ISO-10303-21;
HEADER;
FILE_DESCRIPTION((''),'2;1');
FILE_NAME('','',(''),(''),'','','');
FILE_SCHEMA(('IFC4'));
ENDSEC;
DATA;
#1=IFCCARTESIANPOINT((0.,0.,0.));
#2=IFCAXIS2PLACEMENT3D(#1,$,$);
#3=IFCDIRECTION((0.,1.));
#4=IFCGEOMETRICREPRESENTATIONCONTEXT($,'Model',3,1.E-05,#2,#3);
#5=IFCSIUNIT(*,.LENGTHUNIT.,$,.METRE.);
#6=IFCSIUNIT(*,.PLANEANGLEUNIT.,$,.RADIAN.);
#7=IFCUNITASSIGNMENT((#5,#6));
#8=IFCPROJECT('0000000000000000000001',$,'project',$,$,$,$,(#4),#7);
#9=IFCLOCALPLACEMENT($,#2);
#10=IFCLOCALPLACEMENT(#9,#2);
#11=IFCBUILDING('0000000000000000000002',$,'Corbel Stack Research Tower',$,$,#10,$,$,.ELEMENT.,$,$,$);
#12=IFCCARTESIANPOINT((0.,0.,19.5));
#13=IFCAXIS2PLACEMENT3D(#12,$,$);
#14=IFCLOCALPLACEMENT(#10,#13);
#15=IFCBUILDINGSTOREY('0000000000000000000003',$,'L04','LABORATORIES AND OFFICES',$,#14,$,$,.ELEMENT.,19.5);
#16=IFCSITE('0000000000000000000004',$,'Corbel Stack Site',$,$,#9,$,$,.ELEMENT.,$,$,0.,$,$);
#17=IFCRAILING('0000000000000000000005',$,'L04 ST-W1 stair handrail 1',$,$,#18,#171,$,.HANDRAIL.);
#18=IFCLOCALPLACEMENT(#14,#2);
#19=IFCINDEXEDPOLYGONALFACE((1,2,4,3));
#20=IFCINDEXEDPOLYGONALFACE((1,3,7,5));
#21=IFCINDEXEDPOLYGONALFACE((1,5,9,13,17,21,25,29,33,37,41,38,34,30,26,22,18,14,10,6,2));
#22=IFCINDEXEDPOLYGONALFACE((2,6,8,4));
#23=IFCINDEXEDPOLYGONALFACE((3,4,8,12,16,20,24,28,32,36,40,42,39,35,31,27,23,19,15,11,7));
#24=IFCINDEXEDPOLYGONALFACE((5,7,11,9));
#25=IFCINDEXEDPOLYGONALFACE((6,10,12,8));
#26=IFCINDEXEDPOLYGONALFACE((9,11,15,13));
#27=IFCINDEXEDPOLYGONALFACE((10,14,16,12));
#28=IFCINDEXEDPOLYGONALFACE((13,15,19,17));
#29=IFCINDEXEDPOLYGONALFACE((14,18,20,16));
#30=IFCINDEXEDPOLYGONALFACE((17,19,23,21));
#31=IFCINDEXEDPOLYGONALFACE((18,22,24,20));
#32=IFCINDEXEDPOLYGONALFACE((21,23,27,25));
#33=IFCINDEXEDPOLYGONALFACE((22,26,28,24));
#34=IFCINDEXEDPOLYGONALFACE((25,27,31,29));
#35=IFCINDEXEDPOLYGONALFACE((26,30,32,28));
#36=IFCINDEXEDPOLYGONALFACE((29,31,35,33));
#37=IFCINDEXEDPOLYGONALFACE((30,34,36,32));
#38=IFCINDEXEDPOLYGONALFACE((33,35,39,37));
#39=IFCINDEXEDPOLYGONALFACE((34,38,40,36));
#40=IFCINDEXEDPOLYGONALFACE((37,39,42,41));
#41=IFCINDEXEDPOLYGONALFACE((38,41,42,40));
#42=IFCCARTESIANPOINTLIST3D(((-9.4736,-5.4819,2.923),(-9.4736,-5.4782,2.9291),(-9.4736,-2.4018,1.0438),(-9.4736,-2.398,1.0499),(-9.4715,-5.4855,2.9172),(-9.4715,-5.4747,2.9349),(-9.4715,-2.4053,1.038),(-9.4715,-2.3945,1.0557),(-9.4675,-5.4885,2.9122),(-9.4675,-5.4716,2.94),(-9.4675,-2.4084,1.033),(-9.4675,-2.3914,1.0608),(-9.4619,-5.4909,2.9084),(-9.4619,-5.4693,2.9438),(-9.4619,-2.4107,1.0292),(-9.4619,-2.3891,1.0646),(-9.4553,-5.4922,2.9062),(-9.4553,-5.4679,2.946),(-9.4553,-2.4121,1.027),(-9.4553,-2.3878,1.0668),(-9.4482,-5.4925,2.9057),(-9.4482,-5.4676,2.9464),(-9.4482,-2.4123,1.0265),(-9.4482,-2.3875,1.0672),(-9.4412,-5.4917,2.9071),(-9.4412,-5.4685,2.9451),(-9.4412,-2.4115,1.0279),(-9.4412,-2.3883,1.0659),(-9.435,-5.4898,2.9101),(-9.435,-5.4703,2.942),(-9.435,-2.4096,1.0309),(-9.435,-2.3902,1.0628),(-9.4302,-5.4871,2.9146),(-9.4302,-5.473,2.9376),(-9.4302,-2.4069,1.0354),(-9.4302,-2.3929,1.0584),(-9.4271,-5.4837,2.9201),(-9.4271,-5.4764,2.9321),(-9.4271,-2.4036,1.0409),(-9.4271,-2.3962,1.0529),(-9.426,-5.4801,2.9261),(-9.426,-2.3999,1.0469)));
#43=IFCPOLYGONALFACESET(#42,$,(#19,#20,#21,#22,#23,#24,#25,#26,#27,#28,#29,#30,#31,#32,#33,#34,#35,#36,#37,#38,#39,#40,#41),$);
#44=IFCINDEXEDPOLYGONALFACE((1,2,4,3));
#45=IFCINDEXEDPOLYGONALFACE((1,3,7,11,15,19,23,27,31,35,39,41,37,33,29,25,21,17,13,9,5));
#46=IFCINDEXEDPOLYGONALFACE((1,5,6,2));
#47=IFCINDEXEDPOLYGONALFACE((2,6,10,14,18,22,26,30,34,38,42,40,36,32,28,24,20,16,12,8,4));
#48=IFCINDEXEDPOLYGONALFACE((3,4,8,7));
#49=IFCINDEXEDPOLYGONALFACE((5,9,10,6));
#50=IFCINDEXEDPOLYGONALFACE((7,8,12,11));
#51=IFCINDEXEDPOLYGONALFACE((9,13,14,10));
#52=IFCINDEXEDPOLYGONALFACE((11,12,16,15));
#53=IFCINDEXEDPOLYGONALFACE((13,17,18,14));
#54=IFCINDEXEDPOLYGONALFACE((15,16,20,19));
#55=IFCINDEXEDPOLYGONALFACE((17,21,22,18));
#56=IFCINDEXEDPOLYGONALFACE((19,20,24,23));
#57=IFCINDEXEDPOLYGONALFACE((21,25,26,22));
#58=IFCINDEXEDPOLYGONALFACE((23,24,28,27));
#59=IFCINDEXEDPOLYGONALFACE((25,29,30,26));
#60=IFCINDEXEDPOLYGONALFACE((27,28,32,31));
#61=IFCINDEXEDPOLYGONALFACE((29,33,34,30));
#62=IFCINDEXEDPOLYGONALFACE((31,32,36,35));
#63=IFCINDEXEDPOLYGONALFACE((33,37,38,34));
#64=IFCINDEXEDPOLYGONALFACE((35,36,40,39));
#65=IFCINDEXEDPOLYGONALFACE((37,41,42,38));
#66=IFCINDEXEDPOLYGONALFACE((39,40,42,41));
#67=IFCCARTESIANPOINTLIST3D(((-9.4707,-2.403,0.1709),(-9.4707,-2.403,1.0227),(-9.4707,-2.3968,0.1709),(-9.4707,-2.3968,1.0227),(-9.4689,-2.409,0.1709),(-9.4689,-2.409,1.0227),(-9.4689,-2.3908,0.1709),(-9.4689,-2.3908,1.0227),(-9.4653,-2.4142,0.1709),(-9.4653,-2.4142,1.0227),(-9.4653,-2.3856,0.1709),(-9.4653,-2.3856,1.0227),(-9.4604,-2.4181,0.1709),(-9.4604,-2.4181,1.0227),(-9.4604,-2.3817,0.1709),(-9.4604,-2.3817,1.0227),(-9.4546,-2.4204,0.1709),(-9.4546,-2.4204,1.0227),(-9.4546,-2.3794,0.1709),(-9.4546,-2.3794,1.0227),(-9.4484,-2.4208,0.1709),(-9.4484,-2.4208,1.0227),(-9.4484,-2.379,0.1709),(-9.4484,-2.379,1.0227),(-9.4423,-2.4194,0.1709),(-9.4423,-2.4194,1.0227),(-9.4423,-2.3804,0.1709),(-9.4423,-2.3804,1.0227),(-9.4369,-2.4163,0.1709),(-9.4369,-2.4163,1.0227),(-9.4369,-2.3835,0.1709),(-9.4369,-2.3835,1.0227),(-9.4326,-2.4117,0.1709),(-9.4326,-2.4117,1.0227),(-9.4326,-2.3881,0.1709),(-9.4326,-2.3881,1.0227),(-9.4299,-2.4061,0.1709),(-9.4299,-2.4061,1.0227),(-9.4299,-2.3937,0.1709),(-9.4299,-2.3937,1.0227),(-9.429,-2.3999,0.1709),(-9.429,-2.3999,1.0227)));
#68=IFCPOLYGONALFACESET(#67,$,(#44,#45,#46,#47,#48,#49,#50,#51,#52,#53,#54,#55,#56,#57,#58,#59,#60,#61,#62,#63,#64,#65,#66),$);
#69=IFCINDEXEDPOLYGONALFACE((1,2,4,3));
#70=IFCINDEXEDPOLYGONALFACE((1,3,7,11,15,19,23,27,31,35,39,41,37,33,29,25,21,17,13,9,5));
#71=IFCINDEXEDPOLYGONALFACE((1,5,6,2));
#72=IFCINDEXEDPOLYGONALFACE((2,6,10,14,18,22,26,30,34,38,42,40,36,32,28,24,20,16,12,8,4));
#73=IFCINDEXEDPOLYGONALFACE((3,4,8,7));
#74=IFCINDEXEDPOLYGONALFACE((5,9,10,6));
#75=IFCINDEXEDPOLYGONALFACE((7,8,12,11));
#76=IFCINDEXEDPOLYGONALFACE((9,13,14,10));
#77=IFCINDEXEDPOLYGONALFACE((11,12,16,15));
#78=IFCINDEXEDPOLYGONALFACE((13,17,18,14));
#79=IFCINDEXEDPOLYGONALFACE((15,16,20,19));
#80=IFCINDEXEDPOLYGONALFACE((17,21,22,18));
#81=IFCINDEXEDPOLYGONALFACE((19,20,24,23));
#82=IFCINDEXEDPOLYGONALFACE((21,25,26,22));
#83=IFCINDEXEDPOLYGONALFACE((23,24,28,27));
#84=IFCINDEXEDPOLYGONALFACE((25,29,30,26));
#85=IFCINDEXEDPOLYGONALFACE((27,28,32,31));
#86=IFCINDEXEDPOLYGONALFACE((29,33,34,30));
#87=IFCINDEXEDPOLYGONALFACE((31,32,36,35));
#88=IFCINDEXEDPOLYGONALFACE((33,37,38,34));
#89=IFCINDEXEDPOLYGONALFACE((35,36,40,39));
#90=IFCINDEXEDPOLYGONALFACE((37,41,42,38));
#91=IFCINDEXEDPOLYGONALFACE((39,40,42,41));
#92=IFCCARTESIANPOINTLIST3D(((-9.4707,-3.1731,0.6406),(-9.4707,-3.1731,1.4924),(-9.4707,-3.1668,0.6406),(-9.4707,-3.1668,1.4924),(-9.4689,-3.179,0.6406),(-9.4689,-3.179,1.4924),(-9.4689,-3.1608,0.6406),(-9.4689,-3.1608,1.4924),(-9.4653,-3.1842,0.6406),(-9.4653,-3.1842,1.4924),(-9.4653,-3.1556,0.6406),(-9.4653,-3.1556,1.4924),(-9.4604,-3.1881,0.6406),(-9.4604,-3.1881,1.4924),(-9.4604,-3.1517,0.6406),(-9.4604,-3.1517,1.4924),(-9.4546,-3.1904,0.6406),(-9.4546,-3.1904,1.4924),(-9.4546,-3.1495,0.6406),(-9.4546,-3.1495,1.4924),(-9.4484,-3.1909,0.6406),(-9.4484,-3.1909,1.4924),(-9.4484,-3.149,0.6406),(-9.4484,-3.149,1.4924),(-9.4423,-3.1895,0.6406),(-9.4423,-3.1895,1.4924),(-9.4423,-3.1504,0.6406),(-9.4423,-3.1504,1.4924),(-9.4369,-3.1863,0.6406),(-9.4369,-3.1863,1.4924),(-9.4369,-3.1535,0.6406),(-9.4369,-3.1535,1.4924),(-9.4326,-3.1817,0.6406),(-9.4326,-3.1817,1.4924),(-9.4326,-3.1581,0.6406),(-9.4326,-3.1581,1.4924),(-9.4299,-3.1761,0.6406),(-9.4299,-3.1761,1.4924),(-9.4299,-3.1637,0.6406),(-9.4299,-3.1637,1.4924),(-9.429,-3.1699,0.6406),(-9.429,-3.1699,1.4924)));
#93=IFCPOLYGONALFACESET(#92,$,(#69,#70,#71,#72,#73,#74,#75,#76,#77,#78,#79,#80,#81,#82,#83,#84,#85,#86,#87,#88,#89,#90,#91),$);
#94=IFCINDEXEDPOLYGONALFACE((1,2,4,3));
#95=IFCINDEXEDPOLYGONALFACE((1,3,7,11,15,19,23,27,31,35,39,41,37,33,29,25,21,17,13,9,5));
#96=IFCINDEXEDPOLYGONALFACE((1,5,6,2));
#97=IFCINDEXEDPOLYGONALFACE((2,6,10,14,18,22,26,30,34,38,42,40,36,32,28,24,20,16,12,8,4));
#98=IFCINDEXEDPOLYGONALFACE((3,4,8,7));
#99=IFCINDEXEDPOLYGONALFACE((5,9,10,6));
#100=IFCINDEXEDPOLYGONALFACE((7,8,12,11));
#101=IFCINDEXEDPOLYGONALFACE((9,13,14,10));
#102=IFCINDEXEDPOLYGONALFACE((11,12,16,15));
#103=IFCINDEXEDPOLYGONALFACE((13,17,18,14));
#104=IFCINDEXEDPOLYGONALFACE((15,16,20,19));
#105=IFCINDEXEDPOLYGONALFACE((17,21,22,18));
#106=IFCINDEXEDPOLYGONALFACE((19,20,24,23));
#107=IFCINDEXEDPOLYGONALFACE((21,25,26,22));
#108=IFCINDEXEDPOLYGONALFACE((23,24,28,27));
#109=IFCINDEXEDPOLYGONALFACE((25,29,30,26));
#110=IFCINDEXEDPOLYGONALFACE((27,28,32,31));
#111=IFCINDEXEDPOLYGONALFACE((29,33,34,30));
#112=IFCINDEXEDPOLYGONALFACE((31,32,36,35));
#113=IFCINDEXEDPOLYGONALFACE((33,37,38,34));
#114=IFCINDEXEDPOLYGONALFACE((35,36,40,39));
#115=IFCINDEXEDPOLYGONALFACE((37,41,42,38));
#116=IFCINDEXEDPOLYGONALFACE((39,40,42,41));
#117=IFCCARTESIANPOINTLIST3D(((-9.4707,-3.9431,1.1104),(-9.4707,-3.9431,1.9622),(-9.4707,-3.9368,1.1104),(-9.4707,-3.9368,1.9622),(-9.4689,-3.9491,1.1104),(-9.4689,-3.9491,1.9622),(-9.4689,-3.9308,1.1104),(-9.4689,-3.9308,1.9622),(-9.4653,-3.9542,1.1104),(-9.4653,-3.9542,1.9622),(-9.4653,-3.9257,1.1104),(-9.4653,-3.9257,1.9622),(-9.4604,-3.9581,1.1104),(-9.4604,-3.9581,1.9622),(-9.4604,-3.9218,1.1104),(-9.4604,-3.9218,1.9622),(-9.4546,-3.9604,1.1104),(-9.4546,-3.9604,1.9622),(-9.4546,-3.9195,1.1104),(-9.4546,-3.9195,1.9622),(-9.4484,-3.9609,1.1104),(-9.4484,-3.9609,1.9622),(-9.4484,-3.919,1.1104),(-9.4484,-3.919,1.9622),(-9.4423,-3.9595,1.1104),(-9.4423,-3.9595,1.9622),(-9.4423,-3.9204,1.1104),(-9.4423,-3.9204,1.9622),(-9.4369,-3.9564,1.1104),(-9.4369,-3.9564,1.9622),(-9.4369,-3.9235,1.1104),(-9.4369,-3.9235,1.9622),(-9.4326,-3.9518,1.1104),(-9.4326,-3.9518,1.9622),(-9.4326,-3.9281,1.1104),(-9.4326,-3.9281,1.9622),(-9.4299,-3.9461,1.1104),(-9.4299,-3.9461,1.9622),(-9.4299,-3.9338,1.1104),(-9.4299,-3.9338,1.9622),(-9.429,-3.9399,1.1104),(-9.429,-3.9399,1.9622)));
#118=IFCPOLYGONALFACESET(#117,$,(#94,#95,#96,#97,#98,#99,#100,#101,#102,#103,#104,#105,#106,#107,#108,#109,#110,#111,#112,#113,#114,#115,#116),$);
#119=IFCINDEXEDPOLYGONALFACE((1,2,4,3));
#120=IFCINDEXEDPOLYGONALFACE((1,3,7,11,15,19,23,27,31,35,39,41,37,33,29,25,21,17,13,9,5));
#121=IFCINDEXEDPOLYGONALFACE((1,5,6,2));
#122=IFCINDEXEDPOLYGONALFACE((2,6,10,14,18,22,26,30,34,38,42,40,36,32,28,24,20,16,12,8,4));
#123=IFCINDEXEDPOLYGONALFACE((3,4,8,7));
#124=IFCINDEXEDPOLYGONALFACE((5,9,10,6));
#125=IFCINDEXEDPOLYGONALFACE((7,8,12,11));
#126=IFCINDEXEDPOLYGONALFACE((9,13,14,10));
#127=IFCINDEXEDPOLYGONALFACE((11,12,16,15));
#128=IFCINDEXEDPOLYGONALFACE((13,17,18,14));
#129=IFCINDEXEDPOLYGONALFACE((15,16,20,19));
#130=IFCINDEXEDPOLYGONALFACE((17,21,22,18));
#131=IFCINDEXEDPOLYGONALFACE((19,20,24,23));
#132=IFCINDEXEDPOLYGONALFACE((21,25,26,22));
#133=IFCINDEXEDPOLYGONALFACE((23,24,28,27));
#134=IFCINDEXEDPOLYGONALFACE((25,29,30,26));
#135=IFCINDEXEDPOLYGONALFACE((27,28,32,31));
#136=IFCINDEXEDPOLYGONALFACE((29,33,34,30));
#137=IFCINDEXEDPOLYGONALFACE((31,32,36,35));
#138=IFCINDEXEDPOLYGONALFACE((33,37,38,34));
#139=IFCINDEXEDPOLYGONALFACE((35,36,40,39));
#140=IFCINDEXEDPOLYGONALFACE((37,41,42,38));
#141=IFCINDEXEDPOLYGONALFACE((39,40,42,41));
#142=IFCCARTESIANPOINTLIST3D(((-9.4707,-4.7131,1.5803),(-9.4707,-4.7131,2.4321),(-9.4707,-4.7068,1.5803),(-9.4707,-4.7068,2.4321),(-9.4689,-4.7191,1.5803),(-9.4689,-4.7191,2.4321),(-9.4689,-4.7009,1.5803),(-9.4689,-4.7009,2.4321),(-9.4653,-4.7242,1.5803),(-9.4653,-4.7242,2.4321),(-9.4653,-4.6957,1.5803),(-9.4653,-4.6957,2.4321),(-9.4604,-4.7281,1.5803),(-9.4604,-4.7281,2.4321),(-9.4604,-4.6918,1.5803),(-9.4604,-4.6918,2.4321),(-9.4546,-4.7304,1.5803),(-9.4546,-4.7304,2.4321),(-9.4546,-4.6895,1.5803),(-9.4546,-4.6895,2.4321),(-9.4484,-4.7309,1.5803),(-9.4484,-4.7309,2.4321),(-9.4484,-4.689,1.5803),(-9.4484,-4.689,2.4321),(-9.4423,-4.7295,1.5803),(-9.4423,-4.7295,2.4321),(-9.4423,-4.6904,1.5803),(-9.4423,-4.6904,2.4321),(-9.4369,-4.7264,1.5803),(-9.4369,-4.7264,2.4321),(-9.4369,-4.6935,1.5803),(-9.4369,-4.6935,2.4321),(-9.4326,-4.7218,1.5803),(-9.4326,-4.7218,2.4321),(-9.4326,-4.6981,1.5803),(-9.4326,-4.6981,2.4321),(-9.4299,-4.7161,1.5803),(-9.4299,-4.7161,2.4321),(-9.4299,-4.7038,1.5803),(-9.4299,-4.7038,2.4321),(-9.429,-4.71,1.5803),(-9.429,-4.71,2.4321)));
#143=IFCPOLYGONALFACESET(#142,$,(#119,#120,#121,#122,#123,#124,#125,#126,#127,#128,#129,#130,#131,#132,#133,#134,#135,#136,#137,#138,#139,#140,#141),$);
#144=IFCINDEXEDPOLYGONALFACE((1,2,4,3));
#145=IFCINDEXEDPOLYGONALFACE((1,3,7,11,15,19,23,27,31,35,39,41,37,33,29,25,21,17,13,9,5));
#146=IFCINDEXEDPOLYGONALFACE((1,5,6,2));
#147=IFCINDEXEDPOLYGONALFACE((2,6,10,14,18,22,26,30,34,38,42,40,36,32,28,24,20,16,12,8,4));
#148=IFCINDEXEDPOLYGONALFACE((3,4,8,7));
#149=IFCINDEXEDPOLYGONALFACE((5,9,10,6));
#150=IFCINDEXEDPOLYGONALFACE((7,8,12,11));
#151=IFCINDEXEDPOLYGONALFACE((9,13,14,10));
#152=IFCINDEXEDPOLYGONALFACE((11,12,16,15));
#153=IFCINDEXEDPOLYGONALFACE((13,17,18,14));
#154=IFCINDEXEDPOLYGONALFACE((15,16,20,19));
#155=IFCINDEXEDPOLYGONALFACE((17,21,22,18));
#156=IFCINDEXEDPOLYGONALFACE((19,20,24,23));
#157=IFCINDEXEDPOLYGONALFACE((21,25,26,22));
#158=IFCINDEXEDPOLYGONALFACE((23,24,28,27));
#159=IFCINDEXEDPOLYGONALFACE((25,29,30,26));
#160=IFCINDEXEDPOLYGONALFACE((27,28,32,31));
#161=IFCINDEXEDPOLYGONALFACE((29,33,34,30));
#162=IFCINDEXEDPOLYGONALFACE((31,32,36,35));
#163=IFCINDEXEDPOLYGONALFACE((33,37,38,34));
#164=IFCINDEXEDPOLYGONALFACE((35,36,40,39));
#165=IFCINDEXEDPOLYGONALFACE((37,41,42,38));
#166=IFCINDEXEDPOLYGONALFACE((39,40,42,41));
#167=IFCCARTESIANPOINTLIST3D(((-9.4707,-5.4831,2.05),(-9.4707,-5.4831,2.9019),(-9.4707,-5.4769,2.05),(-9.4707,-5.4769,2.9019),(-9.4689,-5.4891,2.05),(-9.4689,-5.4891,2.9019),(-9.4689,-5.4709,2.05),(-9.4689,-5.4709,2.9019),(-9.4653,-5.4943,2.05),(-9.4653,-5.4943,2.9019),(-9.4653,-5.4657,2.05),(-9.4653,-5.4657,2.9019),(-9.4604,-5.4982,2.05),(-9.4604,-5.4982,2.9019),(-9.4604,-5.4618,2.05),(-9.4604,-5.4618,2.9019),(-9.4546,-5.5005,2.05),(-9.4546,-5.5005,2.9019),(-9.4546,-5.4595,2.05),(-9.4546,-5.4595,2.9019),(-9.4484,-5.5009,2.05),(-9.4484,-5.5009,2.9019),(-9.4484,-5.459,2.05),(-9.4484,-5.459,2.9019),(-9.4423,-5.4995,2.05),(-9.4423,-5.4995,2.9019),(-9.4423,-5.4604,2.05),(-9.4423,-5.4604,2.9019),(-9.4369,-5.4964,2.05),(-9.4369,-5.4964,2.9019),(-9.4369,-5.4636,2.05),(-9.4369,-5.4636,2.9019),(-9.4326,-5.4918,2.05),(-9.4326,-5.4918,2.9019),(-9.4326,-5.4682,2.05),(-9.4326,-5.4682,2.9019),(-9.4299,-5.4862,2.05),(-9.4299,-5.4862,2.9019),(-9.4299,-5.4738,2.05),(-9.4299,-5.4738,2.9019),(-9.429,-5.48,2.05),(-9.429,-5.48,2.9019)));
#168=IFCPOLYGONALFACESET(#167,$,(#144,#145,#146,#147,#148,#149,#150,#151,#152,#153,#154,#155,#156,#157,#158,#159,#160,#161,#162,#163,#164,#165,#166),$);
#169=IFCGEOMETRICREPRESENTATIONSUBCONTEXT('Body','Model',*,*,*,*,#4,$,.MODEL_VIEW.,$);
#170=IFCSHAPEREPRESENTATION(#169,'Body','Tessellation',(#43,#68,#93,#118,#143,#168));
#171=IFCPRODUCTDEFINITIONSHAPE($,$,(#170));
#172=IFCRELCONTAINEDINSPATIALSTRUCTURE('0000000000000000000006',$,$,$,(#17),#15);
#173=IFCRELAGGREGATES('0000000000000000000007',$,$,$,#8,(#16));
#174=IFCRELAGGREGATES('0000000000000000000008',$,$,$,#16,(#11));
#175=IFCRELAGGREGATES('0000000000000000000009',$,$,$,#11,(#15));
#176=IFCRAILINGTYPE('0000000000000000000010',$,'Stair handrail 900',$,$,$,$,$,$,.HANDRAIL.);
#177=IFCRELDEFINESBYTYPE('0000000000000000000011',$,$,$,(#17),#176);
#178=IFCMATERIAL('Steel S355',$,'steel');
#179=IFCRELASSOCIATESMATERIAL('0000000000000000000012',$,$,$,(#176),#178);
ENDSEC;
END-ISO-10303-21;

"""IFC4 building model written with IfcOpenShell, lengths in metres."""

from ifc_helpers import new_model, si_unit, direction, frame, origin, origin_2d, place, context, subcontext, project, spatial, circle, extrude, material, type_object, element, save


model = new_model("IFC4")

# Units and contexts
model_context = context("Model", 3, precision=1e-05, world=origin(), true_north=direction((0.0, 1.0)))
body_context = subcontext(model_context, "Body", "Model", "MODEL_VIEW")
ifc_project = project(units=[si_unit("LENGTHUNIT", "METRE"), si_unit("PLANEANGLEUNIT", "RADIAN")], contexts=[model_context])

# Site, building, storey
site_placement = place(None, origin())
site = spatial("IfcSite", under=ifc_project, at=site_placement, Name="Corbel Stack Site", CompositionType="ELEMENT", RefElevation=0.0)
building_placement = place(site_placement, origin())
building = spatial("IfcBuilding", under=site, at=building_placement, Name="Corbel Stack Research Tower", CompositionType="ELEMENT")
storey_placement = place(building_placement, frame((0.0, 0.0, 19.5)))
storey = spatial("IfcBuildingStorey", under=building, at=storey_placement, Name="L04", Description="LABORATORIES AND OFFICES", CompositionType="ELEMENT", Elevation=19.5)

# Railing
ifc_material_1 = material(Name="Steel S355", Category="steel")
railing_type_1 = type_object("IfcRailingType", Name="Stair handrail 900", PredefinedType="HANDRAIL", material=ifc_material_1)
railing_1_placement = place(storey_placement, frame((-9.45, -2.3999, 0.1709)))
element("IfcRailing", 1, at=railing_1_placement, inside=storey, type_object=railing_type_1, Name="L04 ST-W1 stair handrail 1", PredefinedType="HANDRAIL", context=body_context, shape_type="SweptSolid", body=[
    extrude(circle(Radius=0.0239, at=origin_2d()), frame((0.0, 0.0, 0.876), z_axis=(0.0, -0.853666, 0.52082), x_axis=(1.0, 0.0, 0.0)), (0.0, 0.0, 1.0), 3.6082),
    extrude(circle(Radius=0.021, at=origin_2d()), origin(), (0.0, 0.0, 1.0), 0.8518),
    extrude(circle(Radius=0.021, at=origin_2d()), frame((0.0, -0.77, 0.4697)), (0.0, 0.0, 1.0), 0.8518),
    extrude(circle(Radius=0.021, at=origin_2d()), frame((0.0, -1.54, 0.9395)), (0.0, 0.0, 1.0), 0.8518),
    extrude(circle(Radius=0.021, at=origin_2d()), frame((0.0, -2.3101, 1.4094)), (0.0, 0.0, 1.0), 0.8518),
    extrude(circle(Radius=0.021, at=origin_2d()), frame((0.0, -3.0801, 1.8792)), (0.0, 0.0, 1.0), 0.8518),
])

save(model, "model.ifc")
